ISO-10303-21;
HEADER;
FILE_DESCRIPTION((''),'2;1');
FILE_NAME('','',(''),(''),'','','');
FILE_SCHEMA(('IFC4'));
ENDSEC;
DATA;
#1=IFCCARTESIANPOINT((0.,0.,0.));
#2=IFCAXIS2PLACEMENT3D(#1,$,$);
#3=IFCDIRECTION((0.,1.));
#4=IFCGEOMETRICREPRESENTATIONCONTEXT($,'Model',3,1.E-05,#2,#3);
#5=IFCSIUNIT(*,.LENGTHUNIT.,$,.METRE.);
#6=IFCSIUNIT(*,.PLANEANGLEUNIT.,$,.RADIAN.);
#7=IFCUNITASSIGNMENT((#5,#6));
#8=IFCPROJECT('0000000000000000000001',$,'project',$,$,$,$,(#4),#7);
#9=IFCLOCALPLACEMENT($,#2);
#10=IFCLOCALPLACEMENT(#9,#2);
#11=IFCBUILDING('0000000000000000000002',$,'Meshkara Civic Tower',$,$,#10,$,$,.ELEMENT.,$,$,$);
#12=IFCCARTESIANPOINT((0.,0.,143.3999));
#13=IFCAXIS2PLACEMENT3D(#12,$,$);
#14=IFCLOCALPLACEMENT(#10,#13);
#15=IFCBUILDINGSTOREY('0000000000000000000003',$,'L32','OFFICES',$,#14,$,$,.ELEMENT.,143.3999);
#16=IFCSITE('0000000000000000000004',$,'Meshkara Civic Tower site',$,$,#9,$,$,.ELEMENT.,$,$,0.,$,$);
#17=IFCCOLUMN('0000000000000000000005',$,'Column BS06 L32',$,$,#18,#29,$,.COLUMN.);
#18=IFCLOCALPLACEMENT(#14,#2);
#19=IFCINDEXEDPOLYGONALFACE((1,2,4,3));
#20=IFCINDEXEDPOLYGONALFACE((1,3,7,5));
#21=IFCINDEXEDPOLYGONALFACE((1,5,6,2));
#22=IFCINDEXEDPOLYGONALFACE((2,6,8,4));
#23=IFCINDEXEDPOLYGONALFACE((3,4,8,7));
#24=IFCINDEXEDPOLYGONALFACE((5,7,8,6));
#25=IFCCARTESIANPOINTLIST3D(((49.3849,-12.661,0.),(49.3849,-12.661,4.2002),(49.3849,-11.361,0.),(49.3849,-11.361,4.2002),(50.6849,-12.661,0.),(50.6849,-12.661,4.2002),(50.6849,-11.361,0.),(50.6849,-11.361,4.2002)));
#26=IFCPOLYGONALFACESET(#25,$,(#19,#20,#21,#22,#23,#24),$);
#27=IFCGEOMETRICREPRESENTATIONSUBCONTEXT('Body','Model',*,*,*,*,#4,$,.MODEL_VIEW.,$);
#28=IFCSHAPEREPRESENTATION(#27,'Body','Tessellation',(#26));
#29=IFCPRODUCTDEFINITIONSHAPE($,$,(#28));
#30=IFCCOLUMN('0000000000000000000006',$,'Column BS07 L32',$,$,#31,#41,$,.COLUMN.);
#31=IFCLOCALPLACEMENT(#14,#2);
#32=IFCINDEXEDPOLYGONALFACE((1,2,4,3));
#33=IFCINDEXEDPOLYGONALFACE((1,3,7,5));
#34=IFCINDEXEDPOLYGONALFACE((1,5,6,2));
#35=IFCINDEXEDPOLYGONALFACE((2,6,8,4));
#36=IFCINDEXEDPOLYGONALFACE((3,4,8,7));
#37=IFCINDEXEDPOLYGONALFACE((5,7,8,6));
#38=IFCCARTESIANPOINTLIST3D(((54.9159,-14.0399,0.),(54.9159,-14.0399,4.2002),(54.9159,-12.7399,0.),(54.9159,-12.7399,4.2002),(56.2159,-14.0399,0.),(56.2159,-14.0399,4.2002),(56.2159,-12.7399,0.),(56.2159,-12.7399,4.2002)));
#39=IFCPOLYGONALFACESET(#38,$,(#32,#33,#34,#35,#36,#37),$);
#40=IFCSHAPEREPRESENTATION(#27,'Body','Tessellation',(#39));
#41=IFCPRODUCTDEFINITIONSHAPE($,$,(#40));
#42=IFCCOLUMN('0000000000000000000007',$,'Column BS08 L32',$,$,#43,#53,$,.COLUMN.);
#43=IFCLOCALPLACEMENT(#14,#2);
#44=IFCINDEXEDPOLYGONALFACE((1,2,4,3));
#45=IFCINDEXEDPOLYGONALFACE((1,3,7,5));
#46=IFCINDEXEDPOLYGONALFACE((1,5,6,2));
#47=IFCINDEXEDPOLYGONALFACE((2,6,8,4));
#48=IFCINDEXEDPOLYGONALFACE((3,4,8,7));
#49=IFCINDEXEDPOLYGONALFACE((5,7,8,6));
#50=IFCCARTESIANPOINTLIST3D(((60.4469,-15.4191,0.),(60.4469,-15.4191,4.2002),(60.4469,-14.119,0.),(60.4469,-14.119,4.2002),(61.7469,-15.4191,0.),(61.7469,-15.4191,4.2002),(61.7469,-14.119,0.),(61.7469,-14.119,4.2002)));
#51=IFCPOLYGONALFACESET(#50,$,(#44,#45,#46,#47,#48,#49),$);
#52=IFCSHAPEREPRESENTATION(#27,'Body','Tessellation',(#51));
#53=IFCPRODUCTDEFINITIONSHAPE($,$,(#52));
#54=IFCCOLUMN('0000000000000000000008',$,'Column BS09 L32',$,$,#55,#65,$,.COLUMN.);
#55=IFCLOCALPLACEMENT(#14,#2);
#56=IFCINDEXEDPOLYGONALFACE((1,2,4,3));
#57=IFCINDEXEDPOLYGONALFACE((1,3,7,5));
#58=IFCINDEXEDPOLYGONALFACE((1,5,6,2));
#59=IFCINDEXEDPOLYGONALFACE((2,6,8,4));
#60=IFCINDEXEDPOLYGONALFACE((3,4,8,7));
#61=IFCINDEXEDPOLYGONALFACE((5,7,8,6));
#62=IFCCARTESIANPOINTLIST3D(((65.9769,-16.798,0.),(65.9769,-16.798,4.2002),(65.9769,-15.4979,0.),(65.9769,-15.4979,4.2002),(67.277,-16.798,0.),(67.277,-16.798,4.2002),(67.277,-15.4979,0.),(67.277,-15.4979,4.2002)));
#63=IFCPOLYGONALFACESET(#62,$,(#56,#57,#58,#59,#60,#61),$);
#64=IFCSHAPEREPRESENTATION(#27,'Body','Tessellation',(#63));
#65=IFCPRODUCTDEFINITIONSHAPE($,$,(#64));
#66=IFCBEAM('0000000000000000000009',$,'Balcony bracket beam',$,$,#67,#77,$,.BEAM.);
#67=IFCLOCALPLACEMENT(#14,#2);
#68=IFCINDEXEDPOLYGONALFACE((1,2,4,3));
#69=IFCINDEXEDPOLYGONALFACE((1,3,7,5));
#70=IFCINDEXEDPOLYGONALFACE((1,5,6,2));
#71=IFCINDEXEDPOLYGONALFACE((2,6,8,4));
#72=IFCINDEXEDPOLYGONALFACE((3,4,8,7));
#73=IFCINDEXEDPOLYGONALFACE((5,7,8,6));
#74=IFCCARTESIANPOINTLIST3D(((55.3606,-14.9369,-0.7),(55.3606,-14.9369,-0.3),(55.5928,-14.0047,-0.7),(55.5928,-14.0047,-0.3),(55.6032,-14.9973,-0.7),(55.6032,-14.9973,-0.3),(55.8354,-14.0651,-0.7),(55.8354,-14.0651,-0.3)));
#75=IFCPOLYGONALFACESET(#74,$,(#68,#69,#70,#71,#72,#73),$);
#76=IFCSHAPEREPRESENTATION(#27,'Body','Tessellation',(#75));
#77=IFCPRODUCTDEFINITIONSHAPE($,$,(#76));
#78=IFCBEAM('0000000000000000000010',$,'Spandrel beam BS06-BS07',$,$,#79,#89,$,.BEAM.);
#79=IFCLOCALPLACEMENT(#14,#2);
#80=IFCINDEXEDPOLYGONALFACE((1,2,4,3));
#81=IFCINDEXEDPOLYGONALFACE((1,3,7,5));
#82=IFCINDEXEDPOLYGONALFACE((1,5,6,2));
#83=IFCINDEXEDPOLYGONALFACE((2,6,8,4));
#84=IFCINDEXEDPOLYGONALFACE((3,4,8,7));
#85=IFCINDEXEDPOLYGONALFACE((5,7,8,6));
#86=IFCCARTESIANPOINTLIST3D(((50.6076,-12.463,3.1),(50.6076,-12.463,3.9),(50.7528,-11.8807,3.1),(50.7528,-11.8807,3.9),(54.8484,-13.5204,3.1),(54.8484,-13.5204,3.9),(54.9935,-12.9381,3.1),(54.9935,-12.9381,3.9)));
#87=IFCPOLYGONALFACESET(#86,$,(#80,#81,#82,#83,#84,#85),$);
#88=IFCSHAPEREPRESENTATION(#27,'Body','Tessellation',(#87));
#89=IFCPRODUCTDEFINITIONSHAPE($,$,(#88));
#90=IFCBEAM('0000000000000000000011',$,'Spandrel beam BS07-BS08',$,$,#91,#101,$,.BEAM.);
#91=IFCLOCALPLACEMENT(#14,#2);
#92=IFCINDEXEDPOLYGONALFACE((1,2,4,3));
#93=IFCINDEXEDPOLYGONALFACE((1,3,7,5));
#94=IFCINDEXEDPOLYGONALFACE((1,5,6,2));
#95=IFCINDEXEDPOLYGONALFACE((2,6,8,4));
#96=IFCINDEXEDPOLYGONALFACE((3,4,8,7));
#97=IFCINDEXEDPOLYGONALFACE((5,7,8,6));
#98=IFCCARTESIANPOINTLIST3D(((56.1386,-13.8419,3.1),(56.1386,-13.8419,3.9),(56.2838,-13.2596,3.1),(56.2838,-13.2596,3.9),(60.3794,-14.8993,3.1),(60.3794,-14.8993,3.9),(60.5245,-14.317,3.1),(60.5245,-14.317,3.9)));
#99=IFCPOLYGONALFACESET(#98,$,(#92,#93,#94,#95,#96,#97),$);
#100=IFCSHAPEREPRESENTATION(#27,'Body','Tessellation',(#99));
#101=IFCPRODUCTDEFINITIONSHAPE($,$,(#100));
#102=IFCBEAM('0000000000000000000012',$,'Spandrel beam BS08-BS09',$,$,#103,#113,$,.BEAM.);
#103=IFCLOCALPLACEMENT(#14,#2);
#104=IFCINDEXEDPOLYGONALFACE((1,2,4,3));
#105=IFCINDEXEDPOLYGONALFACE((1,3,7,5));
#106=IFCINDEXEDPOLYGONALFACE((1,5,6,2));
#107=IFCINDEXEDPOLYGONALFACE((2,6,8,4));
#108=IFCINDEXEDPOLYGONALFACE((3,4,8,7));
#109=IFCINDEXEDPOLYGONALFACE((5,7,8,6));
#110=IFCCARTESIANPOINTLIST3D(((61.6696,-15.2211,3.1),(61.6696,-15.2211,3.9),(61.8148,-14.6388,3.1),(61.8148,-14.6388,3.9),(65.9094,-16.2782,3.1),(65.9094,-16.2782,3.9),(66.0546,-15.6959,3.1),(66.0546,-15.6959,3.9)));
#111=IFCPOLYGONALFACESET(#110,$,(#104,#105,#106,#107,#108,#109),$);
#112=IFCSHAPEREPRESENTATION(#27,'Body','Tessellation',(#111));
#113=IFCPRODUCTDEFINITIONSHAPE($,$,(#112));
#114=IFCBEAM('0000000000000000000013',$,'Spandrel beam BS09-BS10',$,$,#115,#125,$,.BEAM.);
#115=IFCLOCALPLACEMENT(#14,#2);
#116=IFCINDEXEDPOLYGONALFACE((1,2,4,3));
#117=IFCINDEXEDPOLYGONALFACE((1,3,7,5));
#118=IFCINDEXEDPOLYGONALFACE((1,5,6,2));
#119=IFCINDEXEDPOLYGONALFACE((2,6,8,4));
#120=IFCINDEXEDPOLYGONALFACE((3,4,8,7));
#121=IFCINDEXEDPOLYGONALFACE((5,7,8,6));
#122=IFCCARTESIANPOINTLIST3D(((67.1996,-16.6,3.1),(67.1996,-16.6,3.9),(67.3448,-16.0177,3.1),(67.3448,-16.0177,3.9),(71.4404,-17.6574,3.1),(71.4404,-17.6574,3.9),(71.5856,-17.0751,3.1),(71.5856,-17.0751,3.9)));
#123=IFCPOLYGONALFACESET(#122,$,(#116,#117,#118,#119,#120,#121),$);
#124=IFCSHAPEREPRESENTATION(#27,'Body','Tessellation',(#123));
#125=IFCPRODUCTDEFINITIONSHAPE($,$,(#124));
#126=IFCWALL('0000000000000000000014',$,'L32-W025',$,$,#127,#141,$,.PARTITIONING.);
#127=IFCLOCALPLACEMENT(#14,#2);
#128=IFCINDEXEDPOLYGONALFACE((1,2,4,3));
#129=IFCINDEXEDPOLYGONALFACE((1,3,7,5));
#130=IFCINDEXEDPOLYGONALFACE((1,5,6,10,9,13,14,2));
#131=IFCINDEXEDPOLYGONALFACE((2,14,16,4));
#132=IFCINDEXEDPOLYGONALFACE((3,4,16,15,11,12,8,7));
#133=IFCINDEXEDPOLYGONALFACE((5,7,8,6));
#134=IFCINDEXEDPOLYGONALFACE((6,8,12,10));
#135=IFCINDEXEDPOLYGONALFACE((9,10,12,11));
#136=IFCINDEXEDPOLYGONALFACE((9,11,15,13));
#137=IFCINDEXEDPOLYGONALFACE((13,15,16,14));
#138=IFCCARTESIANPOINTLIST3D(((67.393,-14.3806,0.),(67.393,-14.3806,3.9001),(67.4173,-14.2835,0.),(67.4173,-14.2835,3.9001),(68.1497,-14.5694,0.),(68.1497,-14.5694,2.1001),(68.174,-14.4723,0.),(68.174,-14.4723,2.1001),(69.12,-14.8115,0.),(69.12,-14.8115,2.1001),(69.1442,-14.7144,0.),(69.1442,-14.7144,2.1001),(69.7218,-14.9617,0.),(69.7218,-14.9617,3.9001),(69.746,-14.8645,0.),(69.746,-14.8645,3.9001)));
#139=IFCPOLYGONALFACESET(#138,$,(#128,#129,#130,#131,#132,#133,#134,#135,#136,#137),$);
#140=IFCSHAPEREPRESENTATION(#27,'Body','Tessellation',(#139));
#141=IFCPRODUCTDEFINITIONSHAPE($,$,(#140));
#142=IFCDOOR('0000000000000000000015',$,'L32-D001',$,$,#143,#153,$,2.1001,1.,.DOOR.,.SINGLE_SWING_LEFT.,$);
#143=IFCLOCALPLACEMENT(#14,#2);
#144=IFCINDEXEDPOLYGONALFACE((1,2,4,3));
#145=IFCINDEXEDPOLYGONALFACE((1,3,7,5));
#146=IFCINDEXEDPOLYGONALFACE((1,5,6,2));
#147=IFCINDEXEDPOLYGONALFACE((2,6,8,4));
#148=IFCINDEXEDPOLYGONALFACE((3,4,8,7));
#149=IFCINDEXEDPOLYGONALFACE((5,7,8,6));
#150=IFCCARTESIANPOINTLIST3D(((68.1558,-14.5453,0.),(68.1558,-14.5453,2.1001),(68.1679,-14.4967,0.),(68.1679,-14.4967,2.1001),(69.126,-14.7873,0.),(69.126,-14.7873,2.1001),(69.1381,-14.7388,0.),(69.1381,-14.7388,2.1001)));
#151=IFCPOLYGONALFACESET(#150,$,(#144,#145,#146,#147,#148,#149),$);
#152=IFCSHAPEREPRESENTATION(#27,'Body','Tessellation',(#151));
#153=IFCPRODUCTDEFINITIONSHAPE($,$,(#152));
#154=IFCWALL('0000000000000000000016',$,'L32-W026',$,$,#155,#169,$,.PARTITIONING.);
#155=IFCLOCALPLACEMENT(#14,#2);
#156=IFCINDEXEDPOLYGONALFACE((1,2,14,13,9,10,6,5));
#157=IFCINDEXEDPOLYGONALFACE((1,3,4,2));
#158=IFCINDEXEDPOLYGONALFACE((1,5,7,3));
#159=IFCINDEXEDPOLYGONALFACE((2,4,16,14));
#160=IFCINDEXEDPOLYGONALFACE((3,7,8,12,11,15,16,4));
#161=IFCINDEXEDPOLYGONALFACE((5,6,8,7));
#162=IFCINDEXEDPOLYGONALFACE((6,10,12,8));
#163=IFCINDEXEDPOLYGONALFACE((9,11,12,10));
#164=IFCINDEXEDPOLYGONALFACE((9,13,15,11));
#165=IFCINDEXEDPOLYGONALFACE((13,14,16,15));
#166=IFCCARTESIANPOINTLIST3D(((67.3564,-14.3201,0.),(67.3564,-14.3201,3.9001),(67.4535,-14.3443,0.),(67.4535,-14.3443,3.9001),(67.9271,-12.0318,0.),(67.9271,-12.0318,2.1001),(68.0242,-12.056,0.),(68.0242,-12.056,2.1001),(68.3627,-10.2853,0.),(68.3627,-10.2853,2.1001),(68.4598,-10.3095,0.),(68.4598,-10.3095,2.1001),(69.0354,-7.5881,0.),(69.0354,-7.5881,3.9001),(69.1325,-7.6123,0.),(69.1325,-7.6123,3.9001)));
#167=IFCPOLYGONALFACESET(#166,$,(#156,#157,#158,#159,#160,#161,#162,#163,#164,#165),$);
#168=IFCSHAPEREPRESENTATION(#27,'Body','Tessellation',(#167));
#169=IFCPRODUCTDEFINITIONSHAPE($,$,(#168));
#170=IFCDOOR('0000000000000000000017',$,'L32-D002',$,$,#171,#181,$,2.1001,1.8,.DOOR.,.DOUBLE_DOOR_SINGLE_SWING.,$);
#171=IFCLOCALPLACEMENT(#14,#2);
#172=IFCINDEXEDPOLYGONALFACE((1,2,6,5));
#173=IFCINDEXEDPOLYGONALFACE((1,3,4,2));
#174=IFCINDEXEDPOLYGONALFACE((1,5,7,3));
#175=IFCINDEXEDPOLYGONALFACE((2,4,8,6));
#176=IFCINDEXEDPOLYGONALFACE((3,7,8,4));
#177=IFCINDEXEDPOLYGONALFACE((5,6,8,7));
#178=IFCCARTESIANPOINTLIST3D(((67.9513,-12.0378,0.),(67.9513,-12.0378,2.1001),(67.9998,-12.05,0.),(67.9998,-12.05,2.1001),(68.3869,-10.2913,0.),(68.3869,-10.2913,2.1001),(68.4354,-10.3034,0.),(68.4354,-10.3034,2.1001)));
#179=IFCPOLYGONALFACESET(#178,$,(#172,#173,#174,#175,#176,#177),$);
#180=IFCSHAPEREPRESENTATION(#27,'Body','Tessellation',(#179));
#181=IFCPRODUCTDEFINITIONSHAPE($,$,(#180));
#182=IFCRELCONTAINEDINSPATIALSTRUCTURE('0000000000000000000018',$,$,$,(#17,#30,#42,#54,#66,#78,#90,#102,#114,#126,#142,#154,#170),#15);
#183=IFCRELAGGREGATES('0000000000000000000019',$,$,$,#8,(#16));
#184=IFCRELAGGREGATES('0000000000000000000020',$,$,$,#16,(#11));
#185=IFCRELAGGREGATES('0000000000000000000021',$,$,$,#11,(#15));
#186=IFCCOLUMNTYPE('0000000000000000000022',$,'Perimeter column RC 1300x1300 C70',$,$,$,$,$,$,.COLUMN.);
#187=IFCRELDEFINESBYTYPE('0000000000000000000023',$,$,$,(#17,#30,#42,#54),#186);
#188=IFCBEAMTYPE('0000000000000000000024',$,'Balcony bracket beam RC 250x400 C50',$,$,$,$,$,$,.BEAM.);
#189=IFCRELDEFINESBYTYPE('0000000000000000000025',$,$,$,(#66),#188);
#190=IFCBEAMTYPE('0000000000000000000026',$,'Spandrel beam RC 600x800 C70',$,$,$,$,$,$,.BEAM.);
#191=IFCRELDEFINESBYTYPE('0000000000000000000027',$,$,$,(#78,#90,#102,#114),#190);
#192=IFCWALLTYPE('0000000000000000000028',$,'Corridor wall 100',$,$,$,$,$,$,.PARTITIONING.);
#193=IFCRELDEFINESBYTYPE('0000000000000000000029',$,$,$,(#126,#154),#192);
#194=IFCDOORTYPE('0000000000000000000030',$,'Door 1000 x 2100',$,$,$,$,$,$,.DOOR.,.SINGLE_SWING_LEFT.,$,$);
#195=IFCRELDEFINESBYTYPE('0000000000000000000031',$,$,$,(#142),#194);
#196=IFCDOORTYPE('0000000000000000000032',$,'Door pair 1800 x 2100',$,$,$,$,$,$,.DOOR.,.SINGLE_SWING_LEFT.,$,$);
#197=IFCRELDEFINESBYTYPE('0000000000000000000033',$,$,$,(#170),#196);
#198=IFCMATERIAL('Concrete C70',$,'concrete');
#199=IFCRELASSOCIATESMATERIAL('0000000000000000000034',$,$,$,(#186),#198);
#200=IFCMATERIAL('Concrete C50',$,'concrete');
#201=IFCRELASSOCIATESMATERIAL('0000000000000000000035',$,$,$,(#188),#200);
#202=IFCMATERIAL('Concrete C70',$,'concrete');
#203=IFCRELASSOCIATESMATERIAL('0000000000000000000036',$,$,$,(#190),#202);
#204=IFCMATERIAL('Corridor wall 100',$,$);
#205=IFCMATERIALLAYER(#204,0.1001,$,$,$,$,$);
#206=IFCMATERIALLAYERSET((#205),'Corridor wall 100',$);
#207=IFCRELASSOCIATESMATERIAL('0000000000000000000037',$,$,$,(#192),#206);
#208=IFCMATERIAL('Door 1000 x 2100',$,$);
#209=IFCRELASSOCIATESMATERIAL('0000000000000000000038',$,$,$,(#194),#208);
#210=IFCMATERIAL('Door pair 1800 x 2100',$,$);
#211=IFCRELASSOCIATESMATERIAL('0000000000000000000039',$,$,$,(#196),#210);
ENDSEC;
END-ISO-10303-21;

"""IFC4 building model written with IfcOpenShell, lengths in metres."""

from ifc_helpers import new_model, si_unit, direction, frame, frame_2d, origin, origin_2d, place, context, subcontext, project, spatial, rectangle, extrude, material, layer, layer_set, material_profile, profile_set, type_object, element, fill, save


model = new_model("IFC4")

# Units and contexts
model_context = context("Model", 3, precision=1e-05, world=origin(), true_north=direction((0.0, 1.0)))
body_context = subcontext(model_context, "Body", "Model", "MODEL_VIEW")
ifc_project = project(units=[si_unit("LENGTHUNIT", "METRE"), si_unit("PLANEANGLEUNIT", "RADIAN")], contexts=[model_context])

# Site, building, storey
site_placement = place(None, origin())
site = spatial("IfcSite", under=ifc_project, at=site_placement, Name="Meshkara Civic Tower site", CompositionType="ELEMENT", RefElevation=0.0)
building_placement = place(site_placement, origin())
building = spatial("IfcBuilding", under=site, at=building_placement, Name="Meshkara Civic Tower", CompositionType="ELEMENT")
storey_placement = place(building_placement, frame((0.0, 0.0, 143.3999)))
storey = spatial("IfcBuildingStorey", under=building, at=storey_placement, Name="L32", Description="OFFICES", CompositionType="ELEMENT", Elevation=143.3999)

# Columns
ifc_material_1 = material(Name="Concrete C70", Category="concrete")
ifc_material_profile_1 = material_profile(ifc_material_1, rectangle(XDim=1.3, YDim=1.3, at=origin_2d()))
ifc_profile_set_1 = profile_set([ifc_material_profile_1], Name="Concrete C70")
column_type = type_object("IfcColumnType", Name="Perimeter column RC 1300x1300 C70", PredefinedType="COLUMN", material=ifc_profile_set_1)
for number, where, z_axis, x_axis, name in (
    (1, (50.0349, -12.011, 0.0), (0.0, 0.0, 1.0), (1.0, 0.0, 0.0), "Column BS06 L32"),
    (2, (55.5659, -13.3899, 0.0), (0.0, 0.0, 1.0), (1.0, 0.0, 0.0), "Column BS07 L32"),
    (3, (61.0969, -14.769, 0.0), (0.0, 0.0, 1.0), (1.0, 0.0, 0.0), "Column BS08 L32"),
    (4, (66.627, -16.1479, 0.0), (0.0, 0.0, 1.0), (1.0, 0.0, 0.0), "Column BS09 L32"),
):
    element("IfcColumn", number, at=place(storey_placement, frame(where, z_axis=z_axis, x_axis=x_axis)), inside=storey, type_object=column_type, Name=name, PredefinedType="COLUMN", context=body_context, shape_type="SweptSolid", body=[
        extrude(rectangle(XDim=1.3, YDim=1.3, at=origin_2d()), origin(), (0.0, 0.0, 1.0), 4.2002),
    ])

# Beams
ifc_material_2 = material(Name="Concrete C50", Category="concrete")
ifc_material_profile_2 = material_profile(ifc_material_2, rectangle(XDim=0.25, YDim=0.3999, at=origin_2d()))
ifc_profile_set_2 = profile_set([ifc_material_profile_2], Name="Concrete C50")
beam_type_1 = type_object("IfcBeamType", Name="Balcony bracket beam RC 250x400 C50", PredefinedType="BEAM", material=ifc_profile_set_2)
beam_1_placement = place(storey_placement, frame((55.7141, -14.0349, -0.5), z_axis=(-0.241698, -0.970351, 0.0), x_axis=(0.970351, -0.241698, 0.0)))
element("IfcBeam", 5, at=beam_1_placement, inside=storey, type_object=beam_type_1, Name="Balcony bracket beam", PredefinedType="BEAM", context=body_context, shape_type="SweptSolid", body=[
    extrude(rectangle(XDim=0.25, YDim=0.3999, at=origin_2d()), origin(), (0.0, 0.0, 1.0), 0.9607),
])
ifc_material_3 = material(Name="Concrete C70", Category="concrete")
ifc_material_profile_3 = material_profile(ifc_material_3, rectangle(XDim=0.6001, YDim=0.8, at=origin_2d()))
ifc_profile_set_3 = profile_set([ifc_material_profile_3], Name="Concrete C70")
beam_type_2 = type_object("IfcBeamType", Name="Spandrel beam RC 600x800 C70", PredefinedType="BEAM", material=ifc_profile_set_3)
for number, where, z_axis, x_axis, name in (
    (6, (50.6802, -12.1719, 3.5), (0.970293, -0.241931, 0.0), (0.241931, 0.970293, 0.0), "Spandrel beam BS06-BS07"),
    (7, (56.2112, -13.5508, 3.5), (0.970293, -0.241931, 0.0), (0.241931, 0.970293, 0.0), "Spandrel beam BS07-BS08"),
):
    element("IfcBeam", number, at=place(storey_placement, frame(where, z_axis=z_axis, x_axis=x_axis)), inside=storey, type_object=beam_type_2, Name=name, PredefinedType="BEAM", context=body_context, shape_type="SweptSolid", body=[
        extrude(rectangle(XDim=0.6001, YDim=0.8, at=origin_2d()), origin(), (0.0, 0.0, 1.0), 4.3706),
    ])
beam_2_placement = place(storey_placement, frame((61.7422, -14.9299, 3.5), z_axis=(0.970293, -0.241931, 0.0), x_axis=(0.241931, 0.970293, 0.0)))
element("IfcBeam", 8, at=beam_2_placement, inside=storey, type_object=beam_type_2, Name="Spandrel beam BS08-BS09", PredefinedType="BEAM", context=body_context, shape_type="SweptSolid", body=[
    extrude(rectangle(XDim=0.6001, YDim=0.8, at=origin_2d()), origin(), (0.0, 0.0, 1.0), 4.3696),
])
beam_3_placement = place(storey_placement, frame((67.2722, -16.3088, 3.5), z_axis=(0.970293, -0.241931, 0.0), x_axis=(0.241931, 0.970293, 0.0)))
element("IfcBeam", 9, at=beam_3_placement, inside=storey, type_object=beam_type_2, Name="Spandrel beam BS09-BS10", PredefinedType="BEAM", context=body_context, shape_type="SweptSolid", body=[
    extrude(rectangle(XDim=0.6001, YDim=0.8, at=origin_2d()), origin(), (0.0, 0.0, 1.0), 4.3706),
])

# Walls, openings, doors
ifc_material_4 = material(Name="Corridor wall 100")
ifc_layer_1 = layer(ifc_material_4, 0.1001)
ifc_layer_set_1 = layer_set([ifc_layer_1], Name="Corridor wall 100")
wall_type_1 = type_object("IfcWallType", Name="Corridor wall 100", PredefinedType="PARTITIONING", material=ifc_layer_set_1)
wall_1_placement = place(storey_placement, frame((67.405, -14.332, 0.0), z_axis=(0.0, 0.0, 1.0), x_axis=(0.970256, -0.242081, 0.0)))
wall_1 = element("IfcWall", 10, at=wall_1_placement, inside=storey, type_object=wall_type_1, Name="L32-W025", PredefinedType="PARTITIONING", context=body_context, shape_type="SweptSolid", body=[
    extrude(rectangle(XDim=2.4001, YDim=0.1001, at=frame_2d((1.2002, 0.0))), origin(), (0.0, 0.0, 1.0), 3.9001),
])
opening_1_placement = place(wall_1_placement, frame((0.78, 0.0, 0.0)))
opening_1 = element("IfcOpeningElement", 11, at=opening_1_placement, cuts=wall_1, PredefinedType="OPENING", context=body_context, shape_type="SweptSolid", body=[
    extrude(rectangle(XDim=1.0, YDim=2.1001, at=frame_2d((0.5, 1.05))), frame((0.0, 0.0601, 0.0), z_axis=(0.0, -1.0, 0.0), x_axis=(1.0, 0.0, 0.0)), (0.0, 0.0, 1.0), 0.1201),
])
ifc_material_5 = material(Name="Door 1000 x 2100")
door_type_1 = type_object("IfcDoorType", Name="Door 1000 x 2100", OperationType="SINGLE_SWING_LEFT", PredefinedType="DOOR", material=ifc_material_5)
door_1_placement = place(opening_1_placement, origin())
door_1 = element("IfcDoor", 12, at=door_1_placement, inside=storey, type_object=door_type_1, Name="L32-D001", OperationType="SINGLE_SWING_LEFT", OverallHeight=2.1001, OverallWidth=1.0, PredefinedType="DOOR", context=body_context, shape_type="SweptSolid", body=[
    extrude(rectangle(XDim=1.0, YDim=2.1001, at=frame_2d((0.5, 1.05))), frame((0.0, 0.0249, 0.0), z_axis=(0.0, -1.0, 0.0), x_axis=(1.0, 0.0, 0.0)), (0.0, 0.0, 1.0), 0.05),
])
fill(opening_1, door_1)
wall_2_placement = place(storey_placement, frame((69.084, -7.6001, 0.0), z_axis=(0.0, 0.0, 1.0), x_axis=(-0.241989, -0.970279, 0.0)))
wall_2 = element("IfcWall", 13, at=wall_2_placement, inside=storey, type_object=wall_type_1, Name="L32-W026", PredefinedType="PARTITIONING", context=body_context, shape_type="SweptSolid", body=[
    extrude(rectangle(XDim=6.9382, YDim=0.1001, at=frame_2d((3.4692, 0.0))), origin(), (0.0, 0.0, 1.0), 3.9001),
])
opening_2_placement = place(wall_2_placement, frame((2.78, 0.0, 0.0)))
opening_2 = element("IfcOpeningElement", 14, at=opening_2_placement, cuts=wall_2, PredefinedType="OPENING", context=body_context, shape_type="SweptSolid", body=[
    extrude(rectangle(XDim=1.8, YDim=2.1001, at=frame_2d((0.8999, 1.05))), frame((0.0, 0.0601, 0.0), z_axis=(0.0, -1.0, 0.0), x_axis=(1.0, 0.0, 0.0)), (0.0, 0.0, 1.0), 0.1201),
])
ifc_material_6 = material(Name="Door pair 1800 x 2100")
door_type_2 = type_object("IfcDoorType", Name="Door pair 1800 x 2100", OperationType="SINGLE_SWING_LEFT", PredefinedType="DOOR", material=ifc_material_6)
door_2_placement = place(opening_2_placement, origin())
door_2 = element("IfcDoor", 15, at=door_2_placement, inside=storey, type_object=door_type_2, Name="L32-D002", OperationType="DOUBLE_DOOR_SINGLE_SWING", OverallHeight=2.1001, OverallWidth=1.8, PredefinedType="DOOR", context=body_context, shape_type="SweptSolid", body=[
    extrude(rectangle(XDim=1.8, YDim=2.1001, at=frame_2d((0.8999, 1.05))), frame((0.0, 0.0249, 0.0), z_axis=(0.0, -1.0, 0.0), x_axis=(1.0, 0.0, 0.0)), (0.0, 0.0, 1.0), 0.05),
])
fill(opening_2, door_2)

save(model, "model.ifc")
